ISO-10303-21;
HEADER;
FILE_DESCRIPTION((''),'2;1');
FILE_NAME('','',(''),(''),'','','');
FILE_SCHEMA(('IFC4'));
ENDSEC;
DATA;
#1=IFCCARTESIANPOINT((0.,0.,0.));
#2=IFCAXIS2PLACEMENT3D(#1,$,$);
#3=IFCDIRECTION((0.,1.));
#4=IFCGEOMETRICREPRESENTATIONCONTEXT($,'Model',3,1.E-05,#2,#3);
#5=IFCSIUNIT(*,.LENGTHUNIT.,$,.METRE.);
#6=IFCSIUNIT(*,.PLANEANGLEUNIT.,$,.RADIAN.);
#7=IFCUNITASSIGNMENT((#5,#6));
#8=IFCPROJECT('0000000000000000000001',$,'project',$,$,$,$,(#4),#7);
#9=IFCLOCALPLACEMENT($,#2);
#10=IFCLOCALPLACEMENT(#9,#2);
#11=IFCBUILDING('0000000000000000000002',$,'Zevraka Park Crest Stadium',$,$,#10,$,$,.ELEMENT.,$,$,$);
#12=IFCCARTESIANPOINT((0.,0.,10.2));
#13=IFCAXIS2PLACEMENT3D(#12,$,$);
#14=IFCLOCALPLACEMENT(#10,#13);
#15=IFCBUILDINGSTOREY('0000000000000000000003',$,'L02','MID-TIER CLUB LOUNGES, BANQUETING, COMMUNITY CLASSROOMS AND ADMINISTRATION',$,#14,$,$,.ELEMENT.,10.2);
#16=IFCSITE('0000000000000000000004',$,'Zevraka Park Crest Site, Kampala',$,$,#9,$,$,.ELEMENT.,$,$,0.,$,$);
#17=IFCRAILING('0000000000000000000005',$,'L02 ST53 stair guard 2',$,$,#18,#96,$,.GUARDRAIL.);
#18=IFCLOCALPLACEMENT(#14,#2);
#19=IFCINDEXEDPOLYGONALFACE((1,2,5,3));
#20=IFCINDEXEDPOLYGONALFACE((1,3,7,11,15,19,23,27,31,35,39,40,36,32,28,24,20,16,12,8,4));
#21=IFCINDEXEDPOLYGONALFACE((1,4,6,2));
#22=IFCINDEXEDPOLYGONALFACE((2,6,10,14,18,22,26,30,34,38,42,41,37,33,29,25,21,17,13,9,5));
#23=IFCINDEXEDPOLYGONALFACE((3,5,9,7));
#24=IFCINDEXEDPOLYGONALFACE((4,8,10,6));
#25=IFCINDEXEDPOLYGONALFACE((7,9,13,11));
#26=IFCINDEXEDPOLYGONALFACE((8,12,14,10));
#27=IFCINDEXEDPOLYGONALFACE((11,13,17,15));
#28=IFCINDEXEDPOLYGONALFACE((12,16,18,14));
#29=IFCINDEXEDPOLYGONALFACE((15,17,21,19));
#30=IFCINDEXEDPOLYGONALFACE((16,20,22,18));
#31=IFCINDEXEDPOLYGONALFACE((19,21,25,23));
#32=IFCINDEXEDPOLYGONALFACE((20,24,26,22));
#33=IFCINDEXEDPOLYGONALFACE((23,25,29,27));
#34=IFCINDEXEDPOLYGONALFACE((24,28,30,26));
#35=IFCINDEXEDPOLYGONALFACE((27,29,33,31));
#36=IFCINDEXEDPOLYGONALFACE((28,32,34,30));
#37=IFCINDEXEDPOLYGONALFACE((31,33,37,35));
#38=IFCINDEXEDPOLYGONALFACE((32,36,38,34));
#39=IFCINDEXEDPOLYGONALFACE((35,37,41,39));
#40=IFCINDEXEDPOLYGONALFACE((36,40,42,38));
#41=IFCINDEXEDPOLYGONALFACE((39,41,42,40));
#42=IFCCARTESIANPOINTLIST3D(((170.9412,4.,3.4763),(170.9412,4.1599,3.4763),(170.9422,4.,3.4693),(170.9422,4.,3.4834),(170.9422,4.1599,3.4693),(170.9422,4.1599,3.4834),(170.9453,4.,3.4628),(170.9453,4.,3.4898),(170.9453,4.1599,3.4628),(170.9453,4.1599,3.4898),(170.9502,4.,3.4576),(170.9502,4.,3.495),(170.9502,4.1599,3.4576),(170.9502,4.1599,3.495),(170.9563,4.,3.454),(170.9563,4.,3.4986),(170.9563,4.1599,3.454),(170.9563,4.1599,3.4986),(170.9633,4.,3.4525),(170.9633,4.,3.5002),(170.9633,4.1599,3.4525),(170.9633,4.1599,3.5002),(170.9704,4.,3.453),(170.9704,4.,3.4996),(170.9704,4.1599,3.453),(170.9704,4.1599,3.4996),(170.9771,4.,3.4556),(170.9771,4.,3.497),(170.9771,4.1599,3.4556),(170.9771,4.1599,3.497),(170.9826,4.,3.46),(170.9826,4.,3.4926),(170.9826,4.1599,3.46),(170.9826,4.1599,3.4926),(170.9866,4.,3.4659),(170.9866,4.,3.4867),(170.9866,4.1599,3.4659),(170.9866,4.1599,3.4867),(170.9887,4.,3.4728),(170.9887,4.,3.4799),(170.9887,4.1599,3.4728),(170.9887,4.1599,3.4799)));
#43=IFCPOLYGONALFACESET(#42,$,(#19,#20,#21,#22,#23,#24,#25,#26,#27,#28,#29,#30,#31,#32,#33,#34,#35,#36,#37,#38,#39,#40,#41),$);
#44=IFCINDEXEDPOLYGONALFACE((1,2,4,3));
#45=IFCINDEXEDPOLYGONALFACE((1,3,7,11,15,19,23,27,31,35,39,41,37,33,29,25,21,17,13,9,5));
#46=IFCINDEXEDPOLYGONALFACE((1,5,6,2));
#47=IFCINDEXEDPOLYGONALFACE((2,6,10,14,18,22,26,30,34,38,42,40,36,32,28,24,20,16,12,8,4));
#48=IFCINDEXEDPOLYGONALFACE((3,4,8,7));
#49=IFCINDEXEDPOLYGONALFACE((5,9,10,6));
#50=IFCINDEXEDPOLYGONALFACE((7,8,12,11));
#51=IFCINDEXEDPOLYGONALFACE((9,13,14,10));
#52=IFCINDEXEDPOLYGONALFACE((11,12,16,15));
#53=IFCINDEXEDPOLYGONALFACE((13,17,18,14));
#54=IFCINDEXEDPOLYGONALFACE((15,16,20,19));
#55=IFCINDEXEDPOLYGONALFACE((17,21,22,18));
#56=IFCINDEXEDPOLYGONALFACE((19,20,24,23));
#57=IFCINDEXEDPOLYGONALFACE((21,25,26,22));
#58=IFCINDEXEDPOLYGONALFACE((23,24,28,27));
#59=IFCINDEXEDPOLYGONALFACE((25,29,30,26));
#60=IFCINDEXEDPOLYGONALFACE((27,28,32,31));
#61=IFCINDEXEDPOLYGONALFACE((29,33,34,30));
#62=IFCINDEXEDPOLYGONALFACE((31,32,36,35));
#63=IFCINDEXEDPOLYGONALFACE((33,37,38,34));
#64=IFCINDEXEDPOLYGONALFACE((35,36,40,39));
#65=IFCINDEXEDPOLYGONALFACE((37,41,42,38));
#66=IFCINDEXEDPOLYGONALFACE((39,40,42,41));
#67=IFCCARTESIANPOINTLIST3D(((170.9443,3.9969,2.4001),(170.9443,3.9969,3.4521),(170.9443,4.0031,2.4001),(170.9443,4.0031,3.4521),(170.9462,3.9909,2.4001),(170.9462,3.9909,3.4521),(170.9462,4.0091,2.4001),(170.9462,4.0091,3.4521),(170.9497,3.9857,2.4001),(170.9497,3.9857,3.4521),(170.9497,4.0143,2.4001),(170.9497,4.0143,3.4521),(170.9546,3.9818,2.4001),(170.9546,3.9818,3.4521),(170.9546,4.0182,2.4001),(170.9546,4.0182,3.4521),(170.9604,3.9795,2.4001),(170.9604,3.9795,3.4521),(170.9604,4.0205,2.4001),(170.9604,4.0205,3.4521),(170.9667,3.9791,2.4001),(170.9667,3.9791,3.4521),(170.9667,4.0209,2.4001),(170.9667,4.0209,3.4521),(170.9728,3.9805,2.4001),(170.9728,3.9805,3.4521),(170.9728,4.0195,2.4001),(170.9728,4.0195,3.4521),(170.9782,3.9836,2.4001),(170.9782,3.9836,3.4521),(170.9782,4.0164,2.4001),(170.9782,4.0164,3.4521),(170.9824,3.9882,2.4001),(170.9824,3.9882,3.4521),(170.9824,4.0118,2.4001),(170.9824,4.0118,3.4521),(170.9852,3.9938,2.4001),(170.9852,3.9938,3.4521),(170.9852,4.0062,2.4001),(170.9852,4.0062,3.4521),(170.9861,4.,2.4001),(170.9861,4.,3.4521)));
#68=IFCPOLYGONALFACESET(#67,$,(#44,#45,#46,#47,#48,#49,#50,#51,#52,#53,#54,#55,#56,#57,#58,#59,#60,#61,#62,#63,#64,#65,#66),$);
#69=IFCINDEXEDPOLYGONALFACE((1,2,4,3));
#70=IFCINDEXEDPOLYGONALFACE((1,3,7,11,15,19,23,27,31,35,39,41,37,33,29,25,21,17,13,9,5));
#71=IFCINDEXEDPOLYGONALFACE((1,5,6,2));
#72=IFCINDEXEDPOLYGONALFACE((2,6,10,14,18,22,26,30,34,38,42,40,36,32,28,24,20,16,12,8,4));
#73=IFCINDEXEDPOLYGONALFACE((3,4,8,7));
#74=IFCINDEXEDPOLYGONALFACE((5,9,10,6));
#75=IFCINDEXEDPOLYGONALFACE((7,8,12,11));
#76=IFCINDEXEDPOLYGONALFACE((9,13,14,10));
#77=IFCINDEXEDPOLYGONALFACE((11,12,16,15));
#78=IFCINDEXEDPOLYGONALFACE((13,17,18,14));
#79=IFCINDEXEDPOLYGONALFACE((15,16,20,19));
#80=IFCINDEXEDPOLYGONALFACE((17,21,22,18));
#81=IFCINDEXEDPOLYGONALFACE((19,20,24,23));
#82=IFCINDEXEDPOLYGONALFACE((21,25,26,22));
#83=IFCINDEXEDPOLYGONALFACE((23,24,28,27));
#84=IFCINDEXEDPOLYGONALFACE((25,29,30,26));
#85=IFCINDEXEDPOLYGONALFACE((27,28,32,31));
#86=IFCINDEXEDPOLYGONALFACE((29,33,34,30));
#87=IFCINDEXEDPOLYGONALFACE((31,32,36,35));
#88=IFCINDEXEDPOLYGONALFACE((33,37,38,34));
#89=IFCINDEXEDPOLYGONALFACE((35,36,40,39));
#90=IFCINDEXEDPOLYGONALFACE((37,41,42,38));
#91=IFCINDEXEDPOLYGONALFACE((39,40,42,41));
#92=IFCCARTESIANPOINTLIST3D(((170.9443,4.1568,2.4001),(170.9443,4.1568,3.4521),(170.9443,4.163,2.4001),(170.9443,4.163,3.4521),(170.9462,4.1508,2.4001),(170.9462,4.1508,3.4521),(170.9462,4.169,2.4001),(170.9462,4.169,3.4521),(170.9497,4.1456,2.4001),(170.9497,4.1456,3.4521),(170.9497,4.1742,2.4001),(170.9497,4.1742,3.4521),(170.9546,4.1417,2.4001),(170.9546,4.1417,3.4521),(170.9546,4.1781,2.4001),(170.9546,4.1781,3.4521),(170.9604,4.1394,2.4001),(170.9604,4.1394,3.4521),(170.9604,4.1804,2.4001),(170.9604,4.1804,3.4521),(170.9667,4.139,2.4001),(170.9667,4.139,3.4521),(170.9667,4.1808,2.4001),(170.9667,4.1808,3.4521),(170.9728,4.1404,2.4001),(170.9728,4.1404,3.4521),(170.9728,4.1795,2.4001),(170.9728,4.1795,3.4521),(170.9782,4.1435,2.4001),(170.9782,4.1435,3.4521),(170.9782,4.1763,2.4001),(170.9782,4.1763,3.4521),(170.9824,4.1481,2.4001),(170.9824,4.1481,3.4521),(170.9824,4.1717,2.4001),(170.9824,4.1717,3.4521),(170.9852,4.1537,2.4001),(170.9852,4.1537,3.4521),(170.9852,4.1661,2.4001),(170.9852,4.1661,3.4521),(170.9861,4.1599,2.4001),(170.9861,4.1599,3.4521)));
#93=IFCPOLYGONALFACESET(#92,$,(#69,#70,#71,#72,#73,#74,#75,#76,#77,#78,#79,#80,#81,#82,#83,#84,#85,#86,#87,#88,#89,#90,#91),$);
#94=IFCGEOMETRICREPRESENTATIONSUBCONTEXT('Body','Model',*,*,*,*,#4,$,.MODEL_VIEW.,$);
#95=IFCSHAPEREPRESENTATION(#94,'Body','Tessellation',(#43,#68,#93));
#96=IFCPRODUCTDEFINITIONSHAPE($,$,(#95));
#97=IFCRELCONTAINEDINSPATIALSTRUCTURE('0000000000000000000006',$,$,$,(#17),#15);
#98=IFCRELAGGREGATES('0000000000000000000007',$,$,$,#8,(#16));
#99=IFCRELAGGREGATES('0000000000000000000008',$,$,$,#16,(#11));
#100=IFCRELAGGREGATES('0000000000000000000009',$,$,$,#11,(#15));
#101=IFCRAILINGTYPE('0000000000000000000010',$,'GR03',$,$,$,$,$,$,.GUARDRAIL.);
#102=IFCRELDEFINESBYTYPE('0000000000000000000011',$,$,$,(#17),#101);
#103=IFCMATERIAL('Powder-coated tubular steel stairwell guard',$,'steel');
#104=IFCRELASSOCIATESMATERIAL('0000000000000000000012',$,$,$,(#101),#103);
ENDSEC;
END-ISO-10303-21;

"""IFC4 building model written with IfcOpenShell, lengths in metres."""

from ifc_helpers import new_model, si_unit, direction, frame, origin, origin_2d, place, context, subcontext, project, spatial, circle, extrude, material, type_object, element, save


model = new_model("IFC4")

# Units and contexts
model_context = context("Model", 3, precision=1e-05, world=origin(), true_north=direction((0.0, 1.0)))
body_context = subcontext(model_context, "Body", "Model", "MODEL_VIEW")
ifc_project = project(units=[si_unit("LENGTHUNIT", "METRE"), si_unit("PLANEANGLEUNIT", "RADIAN")], contexts=[model_context])

# Site, building, storey
site_placement = place(None, origin())
site = spatial("IfcSite", under=ifc_project, at=site_placement, Name="Zevraka Park Crest Site, Kampala", CompositionType="ELEMENT", RefElevation=0.0)
building_placement = place(site_placement, origin())
building = spatial("IfcBuilding", under=site, at=building_placement, Name="Zevraka Park Crest Stadium", CompositionType="ELEMENT")
storey_placement = place(building_placement, frame((0.0, 0.0, 10.2)))
storey = spatial("IfcBuildingStorey", under=building, at=storey_placement, Name="L02", Description="MID-TIER CLUB LOUNGES, BANQUETING, COMMUNITY CLASSROOMS AND ADMINISTRATION", CompositionType="ELEMENT", Elevation=10.2)

# Railing
ifc_material_1 = material(Name="Powder-coated tubular steel stairwell guard", Category="steel")
railing_type_1 = type_object("IfcRailingType", Name="GR03", PredefinedType="GUARDRAIL", material=ifc_material_1)
railing_1_placement = place(storey_placement, frame((170.9651, 4.0, 2.4001)))
element("IfcRailing", 1, at=railing_1_placement, inside=storey, type_object=railing_type_1, Name="L02 ST53 stair guard 2", PredefinedType="GUARDRAIL", context=body_context, shape_type="SweptSolid", body=[
    extrude(circle(Radius=0.0239, at=origin_2d()), frame((0.0, 0.0, 1.0762), z_axis=(0.0, 1.0, 0.0), x_axis=(-1.0, 0.0, 0.0)), (0.0, 0.0, 1.0), 0.1599),
    extrude(circle(Radius=0.021, at=origin_2d()), origin(), (0.0, 0.0, 1.0), 1.052),
    extrude(circle(Radius=0.021, at=origin_2d()), frame((0.0, 0.1599, 0.0)), (0.0, 0.0, 1.0), 1.052),
])

save(model, "model.ifc")
